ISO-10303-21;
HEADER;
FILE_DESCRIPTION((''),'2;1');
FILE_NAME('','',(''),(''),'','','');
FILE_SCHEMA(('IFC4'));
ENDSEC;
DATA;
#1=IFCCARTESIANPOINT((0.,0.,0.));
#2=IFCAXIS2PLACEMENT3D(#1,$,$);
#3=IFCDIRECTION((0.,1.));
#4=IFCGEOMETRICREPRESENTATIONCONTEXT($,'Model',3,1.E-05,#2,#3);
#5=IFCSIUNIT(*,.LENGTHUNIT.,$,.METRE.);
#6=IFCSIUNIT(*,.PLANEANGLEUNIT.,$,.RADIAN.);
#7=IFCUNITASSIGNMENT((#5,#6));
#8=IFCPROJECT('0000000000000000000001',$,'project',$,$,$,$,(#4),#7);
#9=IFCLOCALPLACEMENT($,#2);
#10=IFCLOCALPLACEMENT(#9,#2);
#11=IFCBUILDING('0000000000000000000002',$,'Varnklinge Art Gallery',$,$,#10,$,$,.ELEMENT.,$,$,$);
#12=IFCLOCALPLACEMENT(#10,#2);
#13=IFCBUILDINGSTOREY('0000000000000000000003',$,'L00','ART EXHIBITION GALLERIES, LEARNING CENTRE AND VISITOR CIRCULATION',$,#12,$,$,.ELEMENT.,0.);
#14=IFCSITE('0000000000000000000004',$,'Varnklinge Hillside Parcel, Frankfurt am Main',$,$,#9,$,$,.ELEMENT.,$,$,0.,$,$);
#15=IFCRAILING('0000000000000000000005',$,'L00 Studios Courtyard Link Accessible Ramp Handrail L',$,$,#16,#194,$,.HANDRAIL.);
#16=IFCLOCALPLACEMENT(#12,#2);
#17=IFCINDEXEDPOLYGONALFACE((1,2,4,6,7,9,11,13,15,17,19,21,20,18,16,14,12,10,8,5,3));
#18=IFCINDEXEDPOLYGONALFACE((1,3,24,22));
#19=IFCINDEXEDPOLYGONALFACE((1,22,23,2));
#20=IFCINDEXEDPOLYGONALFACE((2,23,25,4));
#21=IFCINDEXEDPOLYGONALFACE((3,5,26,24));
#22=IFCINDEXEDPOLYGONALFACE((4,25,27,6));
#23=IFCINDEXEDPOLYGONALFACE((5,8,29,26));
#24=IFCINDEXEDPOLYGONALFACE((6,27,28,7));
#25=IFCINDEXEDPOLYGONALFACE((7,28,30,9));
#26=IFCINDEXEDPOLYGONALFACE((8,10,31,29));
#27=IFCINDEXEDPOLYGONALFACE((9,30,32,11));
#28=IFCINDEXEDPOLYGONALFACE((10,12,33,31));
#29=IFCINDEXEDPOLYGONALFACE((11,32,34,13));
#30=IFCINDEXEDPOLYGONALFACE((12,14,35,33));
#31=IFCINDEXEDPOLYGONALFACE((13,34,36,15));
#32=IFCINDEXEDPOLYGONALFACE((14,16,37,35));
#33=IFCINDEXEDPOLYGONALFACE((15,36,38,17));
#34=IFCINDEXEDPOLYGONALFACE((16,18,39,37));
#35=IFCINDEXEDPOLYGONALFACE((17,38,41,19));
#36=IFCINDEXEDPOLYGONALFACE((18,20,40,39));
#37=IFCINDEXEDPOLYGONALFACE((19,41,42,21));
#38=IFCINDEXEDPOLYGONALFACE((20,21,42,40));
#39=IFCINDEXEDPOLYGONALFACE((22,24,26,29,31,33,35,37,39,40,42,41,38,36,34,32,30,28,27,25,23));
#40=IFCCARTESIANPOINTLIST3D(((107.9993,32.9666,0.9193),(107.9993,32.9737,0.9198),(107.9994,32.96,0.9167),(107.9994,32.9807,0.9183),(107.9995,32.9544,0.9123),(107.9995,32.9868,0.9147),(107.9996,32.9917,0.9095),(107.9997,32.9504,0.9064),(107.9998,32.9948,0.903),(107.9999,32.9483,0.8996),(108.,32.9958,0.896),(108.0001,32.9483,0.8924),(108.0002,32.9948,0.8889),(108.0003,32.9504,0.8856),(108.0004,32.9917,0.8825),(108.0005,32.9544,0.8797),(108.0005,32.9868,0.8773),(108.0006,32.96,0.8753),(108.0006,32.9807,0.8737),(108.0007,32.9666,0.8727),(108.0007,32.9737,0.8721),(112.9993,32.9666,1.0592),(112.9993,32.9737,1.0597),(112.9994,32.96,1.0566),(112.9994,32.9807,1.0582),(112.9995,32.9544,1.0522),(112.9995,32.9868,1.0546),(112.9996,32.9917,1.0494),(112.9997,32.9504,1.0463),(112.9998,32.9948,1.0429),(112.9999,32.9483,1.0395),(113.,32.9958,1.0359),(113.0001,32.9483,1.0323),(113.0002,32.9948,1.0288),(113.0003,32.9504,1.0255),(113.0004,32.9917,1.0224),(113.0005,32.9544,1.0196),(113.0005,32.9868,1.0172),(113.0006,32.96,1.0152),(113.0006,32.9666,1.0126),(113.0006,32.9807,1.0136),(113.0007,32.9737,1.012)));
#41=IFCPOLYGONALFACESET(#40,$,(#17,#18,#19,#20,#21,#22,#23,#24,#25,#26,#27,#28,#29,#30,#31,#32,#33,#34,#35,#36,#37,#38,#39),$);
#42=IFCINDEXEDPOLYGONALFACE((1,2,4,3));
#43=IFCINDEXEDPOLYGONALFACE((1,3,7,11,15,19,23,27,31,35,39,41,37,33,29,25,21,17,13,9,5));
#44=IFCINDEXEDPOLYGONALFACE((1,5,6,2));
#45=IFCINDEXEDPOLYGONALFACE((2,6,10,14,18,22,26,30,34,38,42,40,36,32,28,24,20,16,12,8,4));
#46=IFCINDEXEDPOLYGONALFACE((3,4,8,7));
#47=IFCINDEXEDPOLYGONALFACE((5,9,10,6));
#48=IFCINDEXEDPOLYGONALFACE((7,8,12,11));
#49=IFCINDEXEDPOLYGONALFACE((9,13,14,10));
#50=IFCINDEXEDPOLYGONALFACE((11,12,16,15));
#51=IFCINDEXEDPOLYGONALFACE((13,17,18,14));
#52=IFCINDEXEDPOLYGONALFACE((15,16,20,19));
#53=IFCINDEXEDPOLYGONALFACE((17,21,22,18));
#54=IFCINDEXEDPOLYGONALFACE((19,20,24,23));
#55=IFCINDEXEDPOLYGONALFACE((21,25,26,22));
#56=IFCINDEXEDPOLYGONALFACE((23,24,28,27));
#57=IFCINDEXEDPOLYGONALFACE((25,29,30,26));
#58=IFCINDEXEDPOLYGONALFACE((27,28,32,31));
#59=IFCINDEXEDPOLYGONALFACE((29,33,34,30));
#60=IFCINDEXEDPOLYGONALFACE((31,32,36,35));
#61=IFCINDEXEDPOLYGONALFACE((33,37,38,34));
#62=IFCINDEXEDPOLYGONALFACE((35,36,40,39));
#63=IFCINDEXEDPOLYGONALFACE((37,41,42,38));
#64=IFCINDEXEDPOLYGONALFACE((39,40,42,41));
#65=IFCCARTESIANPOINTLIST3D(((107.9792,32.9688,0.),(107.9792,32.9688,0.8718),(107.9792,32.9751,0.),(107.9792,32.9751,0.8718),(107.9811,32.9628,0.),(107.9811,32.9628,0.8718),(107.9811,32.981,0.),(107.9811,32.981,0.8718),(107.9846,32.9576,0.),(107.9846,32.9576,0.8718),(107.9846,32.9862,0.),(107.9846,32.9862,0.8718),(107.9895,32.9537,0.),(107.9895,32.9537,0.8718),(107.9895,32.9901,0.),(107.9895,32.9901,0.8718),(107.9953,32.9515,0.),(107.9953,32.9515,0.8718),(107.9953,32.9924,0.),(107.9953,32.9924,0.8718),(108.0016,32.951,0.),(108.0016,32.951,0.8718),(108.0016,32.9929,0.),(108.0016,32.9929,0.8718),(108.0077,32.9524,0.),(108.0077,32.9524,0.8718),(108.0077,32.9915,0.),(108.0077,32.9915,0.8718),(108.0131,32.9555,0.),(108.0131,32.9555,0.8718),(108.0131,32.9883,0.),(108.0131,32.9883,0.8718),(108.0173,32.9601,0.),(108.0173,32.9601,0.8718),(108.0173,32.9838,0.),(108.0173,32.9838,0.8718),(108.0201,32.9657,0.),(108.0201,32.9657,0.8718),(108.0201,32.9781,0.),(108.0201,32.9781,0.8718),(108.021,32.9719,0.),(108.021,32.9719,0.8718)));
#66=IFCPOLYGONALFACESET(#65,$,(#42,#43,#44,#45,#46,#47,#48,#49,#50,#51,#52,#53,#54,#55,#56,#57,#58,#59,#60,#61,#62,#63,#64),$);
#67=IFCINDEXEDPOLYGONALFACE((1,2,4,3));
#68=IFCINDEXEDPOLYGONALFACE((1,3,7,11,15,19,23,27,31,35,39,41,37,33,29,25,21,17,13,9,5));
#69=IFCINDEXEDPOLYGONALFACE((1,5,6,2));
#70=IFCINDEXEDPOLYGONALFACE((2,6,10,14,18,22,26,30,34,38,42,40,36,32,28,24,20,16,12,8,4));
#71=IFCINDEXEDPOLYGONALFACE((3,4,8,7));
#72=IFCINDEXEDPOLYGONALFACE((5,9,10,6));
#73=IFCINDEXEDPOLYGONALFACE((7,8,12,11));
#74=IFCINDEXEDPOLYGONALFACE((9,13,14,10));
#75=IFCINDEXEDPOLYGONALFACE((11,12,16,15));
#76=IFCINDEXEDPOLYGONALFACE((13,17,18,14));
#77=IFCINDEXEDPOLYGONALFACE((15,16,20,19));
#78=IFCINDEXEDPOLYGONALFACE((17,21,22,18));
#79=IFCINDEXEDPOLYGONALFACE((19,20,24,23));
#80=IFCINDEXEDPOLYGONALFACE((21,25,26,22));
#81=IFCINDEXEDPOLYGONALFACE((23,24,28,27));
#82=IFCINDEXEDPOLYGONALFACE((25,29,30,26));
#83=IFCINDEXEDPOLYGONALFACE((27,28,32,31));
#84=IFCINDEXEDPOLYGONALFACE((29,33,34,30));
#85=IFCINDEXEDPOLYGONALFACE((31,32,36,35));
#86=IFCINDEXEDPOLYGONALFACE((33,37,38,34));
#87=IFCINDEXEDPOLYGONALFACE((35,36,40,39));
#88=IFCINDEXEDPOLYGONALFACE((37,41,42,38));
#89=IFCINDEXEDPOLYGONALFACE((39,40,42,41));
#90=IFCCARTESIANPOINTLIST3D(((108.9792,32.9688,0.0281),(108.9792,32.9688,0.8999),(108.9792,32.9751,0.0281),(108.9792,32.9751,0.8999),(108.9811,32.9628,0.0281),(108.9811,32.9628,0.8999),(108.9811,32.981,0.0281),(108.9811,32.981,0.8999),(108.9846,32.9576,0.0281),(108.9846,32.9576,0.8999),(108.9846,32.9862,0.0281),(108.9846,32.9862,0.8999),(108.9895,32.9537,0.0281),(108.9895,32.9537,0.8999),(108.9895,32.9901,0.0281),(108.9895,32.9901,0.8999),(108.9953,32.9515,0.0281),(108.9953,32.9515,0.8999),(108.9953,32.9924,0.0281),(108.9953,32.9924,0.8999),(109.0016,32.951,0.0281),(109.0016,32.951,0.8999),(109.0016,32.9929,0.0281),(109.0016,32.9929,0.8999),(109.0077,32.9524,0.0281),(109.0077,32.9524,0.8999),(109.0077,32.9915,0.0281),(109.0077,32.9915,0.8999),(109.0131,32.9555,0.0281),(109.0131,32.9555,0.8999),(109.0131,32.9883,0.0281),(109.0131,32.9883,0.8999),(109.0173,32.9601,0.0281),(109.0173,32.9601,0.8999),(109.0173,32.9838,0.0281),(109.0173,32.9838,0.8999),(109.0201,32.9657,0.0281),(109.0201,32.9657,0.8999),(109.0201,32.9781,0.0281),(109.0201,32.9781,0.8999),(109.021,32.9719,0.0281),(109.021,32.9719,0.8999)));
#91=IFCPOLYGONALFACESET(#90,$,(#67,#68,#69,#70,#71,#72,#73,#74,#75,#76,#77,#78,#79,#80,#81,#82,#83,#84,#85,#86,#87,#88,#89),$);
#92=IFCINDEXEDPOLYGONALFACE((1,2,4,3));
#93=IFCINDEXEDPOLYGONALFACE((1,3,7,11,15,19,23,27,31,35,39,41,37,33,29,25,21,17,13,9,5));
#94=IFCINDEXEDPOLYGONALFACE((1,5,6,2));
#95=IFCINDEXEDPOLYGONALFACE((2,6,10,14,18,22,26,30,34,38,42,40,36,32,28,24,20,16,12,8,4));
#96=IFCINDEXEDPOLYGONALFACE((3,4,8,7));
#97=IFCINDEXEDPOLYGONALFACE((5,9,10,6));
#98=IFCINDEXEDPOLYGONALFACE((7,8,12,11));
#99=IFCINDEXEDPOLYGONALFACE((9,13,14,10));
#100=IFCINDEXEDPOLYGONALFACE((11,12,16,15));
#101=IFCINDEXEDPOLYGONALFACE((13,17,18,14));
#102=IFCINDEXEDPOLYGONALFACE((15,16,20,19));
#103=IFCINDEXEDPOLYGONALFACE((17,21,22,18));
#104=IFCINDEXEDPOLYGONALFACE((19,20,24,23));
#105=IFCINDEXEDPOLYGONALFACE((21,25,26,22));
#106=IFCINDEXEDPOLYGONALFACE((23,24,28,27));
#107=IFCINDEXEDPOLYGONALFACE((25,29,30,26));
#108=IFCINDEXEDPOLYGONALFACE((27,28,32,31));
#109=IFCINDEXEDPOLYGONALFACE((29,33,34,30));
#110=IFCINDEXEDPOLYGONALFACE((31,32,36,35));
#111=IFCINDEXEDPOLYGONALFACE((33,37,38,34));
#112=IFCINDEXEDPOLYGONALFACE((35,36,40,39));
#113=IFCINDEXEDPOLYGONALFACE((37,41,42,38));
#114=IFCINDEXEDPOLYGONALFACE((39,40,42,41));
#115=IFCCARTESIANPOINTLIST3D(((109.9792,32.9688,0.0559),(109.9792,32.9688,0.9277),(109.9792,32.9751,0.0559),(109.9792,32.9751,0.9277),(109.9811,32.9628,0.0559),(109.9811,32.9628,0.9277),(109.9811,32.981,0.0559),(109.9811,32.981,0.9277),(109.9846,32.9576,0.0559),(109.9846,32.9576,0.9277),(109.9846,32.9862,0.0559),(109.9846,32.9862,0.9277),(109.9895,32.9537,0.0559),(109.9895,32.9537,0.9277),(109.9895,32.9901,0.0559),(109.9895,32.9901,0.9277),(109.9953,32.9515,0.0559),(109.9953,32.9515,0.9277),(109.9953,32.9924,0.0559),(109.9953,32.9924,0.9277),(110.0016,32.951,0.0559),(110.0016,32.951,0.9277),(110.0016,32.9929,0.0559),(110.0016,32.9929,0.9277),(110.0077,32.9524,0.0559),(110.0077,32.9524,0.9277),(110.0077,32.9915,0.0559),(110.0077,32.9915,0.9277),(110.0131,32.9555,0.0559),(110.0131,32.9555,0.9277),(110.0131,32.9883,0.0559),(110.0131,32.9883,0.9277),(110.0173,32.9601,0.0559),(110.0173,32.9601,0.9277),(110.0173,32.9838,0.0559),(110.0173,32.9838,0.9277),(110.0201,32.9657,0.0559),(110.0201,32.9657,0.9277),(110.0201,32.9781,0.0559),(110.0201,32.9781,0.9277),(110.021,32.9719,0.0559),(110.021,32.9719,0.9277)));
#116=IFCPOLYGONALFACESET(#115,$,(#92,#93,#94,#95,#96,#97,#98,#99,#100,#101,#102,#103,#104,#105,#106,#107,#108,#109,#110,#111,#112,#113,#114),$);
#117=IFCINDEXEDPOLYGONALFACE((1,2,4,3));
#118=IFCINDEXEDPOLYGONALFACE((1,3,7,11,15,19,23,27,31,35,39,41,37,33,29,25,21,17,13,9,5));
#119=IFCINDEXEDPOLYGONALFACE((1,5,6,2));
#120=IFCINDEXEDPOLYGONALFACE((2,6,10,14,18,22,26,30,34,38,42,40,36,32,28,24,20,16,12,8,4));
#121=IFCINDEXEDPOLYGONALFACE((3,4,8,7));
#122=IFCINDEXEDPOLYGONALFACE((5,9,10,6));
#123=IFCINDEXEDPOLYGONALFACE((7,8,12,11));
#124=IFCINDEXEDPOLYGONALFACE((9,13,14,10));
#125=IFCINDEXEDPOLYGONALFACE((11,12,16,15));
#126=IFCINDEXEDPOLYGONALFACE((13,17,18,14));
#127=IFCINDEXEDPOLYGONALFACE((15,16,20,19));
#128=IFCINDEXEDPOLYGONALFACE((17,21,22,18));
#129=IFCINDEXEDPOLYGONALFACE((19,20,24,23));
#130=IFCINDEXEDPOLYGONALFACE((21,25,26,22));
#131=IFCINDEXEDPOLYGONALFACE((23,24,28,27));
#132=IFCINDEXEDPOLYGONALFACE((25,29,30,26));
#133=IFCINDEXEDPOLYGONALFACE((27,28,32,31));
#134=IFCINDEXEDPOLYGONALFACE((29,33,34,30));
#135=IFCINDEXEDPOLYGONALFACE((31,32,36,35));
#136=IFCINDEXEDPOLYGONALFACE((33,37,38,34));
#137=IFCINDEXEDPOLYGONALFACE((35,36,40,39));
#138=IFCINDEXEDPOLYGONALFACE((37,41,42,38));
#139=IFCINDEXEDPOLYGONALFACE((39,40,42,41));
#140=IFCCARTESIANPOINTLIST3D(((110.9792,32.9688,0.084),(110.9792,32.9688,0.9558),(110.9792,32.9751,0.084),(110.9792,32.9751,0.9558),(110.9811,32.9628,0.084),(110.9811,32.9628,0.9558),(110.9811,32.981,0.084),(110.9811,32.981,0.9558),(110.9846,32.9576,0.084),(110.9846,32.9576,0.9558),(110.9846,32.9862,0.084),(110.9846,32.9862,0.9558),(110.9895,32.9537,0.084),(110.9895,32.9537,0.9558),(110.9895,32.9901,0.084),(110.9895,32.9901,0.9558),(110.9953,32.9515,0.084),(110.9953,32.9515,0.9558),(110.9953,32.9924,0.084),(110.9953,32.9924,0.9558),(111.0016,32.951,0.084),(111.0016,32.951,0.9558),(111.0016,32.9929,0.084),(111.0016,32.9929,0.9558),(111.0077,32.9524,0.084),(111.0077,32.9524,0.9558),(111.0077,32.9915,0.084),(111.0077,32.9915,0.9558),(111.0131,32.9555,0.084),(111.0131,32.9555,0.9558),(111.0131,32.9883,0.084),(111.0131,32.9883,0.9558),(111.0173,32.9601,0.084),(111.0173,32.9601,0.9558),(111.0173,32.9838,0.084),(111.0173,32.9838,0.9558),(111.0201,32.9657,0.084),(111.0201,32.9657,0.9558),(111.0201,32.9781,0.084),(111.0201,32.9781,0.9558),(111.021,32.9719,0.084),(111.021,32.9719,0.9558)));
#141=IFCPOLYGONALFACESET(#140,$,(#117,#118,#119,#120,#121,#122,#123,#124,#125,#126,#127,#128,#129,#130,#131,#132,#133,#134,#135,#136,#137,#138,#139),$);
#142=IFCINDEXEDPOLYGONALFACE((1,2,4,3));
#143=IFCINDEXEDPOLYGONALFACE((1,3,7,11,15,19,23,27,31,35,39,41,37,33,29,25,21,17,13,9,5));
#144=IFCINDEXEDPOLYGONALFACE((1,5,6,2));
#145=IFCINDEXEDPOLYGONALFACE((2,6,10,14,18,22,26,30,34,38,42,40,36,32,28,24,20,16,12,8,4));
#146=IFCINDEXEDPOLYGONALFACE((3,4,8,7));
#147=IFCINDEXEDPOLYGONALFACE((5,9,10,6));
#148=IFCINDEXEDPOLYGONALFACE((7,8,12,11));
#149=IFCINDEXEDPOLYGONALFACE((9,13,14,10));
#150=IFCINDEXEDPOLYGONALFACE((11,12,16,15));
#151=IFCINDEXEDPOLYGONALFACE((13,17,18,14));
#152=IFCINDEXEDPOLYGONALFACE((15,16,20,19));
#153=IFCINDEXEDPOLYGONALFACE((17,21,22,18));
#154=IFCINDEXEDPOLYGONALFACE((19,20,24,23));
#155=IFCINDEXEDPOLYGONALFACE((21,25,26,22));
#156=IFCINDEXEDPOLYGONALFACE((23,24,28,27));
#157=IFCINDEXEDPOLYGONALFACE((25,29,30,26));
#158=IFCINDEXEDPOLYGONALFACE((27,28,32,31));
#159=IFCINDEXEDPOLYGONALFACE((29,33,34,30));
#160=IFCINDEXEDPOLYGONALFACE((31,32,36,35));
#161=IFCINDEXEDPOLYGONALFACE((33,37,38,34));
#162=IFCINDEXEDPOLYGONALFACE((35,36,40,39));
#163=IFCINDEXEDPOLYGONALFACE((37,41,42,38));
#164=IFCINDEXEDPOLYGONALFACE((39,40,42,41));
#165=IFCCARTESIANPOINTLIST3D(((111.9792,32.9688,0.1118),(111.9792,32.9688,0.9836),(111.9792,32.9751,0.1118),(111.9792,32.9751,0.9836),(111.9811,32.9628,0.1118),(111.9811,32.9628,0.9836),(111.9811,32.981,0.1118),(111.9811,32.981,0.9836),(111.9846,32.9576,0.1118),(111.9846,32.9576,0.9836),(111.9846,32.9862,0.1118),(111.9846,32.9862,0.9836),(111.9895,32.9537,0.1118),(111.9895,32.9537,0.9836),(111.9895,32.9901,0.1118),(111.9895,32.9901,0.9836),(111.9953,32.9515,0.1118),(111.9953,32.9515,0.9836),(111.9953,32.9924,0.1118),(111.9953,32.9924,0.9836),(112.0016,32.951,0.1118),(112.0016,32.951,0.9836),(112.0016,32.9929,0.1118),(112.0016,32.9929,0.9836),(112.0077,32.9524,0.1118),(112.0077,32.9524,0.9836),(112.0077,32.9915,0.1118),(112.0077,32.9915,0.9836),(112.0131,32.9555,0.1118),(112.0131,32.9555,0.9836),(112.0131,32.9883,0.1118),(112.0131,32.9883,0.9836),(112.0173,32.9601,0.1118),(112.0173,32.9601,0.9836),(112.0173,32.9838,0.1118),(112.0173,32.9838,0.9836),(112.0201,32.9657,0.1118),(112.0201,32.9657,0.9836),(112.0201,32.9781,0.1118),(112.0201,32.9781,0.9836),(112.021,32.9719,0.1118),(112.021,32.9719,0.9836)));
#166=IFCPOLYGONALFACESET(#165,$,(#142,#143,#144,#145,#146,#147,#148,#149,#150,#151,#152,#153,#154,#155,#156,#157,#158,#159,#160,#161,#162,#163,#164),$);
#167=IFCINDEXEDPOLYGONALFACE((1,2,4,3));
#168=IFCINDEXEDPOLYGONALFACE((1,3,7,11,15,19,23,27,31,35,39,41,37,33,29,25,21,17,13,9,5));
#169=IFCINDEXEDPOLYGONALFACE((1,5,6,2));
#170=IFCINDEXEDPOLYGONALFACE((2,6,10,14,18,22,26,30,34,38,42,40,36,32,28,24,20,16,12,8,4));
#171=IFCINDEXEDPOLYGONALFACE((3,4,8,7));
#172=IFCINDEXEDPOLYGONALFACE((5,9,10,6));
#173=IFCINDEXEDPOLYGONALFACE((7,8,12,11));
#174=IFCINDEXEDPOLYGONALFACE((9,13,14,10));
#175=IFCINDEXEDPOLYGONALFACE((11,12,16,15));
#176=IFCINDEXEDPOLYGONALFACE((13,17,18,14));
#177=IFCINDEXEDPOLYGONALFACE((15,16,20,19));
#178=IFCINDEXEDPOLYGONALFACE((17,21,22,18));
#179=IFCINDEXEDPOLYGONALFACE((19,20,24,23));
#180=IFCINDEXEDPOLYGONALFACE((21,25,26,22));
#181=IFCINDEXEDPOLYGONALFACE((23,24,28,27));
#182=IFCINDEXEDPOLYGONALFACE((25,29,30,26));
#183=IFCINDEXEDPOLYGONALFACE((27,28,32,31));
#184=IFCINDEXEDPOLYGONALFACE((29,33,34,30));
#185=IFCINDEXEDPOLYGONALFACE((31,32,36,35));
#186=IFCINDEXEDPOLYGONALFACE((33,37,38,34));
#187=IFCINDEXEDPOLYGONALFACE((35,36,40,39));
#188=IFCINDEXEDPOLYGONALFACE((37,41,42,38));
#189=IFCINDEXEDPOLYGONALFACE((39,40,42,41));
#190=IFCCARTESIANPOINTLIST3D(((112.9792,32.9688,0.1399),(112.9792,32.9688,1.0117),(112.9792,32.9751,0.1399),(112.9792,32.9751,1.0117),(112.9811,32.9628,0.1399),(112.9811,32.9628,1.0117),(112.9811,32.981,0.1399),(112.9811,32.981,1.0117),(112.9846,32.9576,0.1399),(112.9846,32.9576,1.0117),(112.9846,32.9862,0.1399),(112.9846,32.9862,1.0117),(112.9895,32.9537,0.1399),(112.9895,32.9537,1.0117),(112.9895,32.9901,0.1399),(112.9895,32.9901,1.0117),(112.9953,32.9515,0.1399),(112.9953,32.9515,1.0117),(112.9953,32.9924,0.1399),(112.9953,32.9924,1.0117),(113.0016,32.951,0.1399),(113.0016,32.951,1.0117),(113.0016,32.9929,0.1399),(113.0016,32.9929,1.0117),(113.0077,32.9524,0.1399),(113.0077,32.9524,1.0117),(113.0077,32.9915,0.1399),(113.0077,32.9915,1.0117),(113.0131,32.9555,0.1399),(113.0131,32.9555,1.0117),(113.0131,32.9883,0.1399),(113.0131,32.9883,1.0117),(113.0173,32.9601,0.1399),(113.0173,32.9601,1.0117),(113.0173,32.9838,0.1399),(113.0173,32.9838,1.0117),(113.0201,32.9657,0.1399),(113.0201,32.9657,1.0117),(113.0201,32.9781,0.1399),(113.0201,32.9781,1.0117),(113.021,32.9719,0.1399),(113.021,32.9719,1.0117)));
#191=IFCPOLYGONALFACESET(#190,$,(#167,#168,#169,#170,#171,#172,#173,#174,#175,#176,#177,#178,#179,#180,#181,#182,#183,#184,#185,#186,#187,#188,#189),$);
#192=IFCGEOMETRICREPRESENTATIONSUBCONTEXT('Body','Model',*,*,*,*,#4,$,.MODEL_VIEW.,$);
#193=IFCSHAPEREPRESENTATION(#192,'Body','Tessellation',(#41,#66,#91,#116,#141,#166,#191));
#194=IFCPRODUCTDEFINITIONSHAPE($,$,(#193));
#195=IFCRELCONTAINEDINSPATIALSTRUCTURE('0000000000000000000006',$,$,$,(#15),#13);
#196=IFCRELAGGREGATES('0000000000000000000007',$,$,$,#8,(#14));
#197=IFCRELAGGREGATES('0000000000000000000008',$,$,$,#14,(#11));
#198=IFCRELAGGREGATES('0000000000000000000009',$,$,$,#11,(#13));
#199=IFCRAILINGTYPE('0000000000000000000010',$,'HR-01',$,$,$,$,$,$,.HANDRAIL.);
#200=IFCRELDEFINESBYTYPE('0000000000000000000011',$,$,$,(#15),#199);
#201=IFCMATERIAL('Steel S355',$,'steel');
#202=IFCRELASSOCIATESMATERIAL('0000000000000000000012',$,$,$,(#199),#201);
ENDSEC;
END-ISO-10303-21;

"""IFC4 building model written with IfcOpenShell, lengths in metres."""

from ifc_helpers import new_model, si_unit, direction, frame, origin, origin_2d, place, context, subcontext, project, spatial, circle, extrude, material, type_object, element, save


model = new_model("IFC4")

# Units and contexts
model_context = context("Model", 3, precision=1e-05, world=origin(), true_north=direction((0.0, 1.0)))
body_context = subcontext(model_context, "Body", "Model", "MODEL_VIEW")
ifc_project = project(units=[si_unit("LENGTHUNIT", "METRE"), si_unit("PLANEANGLEUNIT", "RADIAN")], contexts=[model_context])

# Site, building, storey
site_placement = place(None, origin())
site = spatial("IfcSite", under=ifc_project, at=site_placement, Name="Varnklinge Hillside Parcel, Frankfurt am Main", CompositionType="ELEMENT", RefElevation=0.0)
building_placement = place(site_placement, origin())
building = spatial("IfcBuilding", under=site, at=building_placement, Name="Varnklinge Art Gallery", CompositionType="ELEMENT")
storey_placement = place(building_placement, origin())
storey = spatial("IfcBuildingStorey", under=building, at=storey_placement, Name="L00", Description="ART EXHIBITION GALLERIES, LEARNING CENTRE AND VISITOR CIRCULATION", CompositionType="ELEMENT", Elevation=0.0)

# Railing
ifc_material_1 = material(Name="Steel S355", Category="steel")
railing_type = type_object("IfcRailingType", Name="HR-01", PredefinedType="HANDRAIL", material=ifc_material_1)
for number, where, name in (
    (1, (108.0, 32.9719, 0.0), "L00 Studios Courtyard Link Accessible Ramp Handrail L"),
):
    element("IfcRailing", number, at=place(storey_placement, frame(where)), inside=storey, type_object=railing_type, Name=name, PredefinedType="HANDRAIL", context=body_context, shape_type="SweptSolid", body=[
        extrude(circle(Radius=0.0239, at=origin_2d()), frame((0.0, 0.0, 0.896), z_axis=(0.999609, 0.0, 0.027968), x_axis=(0.0, 1.0, 0.0)), (0.0, 0.0, 1.0), 5.002),
        extrude(circle(Radius=0.021, at=origin_2d()), origin(), (0.0, 0.0, 1.0), 0.8718),
        extrude(circle(Radius=0.021, at=origin_2d()), frame((1.0, 0.0, 0.0281)), (0.0, 0.0, 1.0), 0.8718),
        extrude(circle(Radius=0.021, at=origin_2d()), frame((2.0, 0.0, 0.0559)), (0.0, 0.0, 1.0), 0.8718),
        extrude(circle(Radius=0.021, at=origin_2d()), frame((3.0, 0.0, 0.084)), (0.0, 0.0, 1.0), 0.8718),
        extrude(circle(Radius=0.021, at=origin_2d()), frame((4.0, 0.0, 0.1118)), (0.0, 0.0, 1.0), 0.8718),
        extrude(circle(Radius=0.021, at=origin_2d()), frame((5.0, 0.0, 0.1399)), (0.0, 0.0, 1.0), 0.8718),
    ])

save(model, "model.ifc")
